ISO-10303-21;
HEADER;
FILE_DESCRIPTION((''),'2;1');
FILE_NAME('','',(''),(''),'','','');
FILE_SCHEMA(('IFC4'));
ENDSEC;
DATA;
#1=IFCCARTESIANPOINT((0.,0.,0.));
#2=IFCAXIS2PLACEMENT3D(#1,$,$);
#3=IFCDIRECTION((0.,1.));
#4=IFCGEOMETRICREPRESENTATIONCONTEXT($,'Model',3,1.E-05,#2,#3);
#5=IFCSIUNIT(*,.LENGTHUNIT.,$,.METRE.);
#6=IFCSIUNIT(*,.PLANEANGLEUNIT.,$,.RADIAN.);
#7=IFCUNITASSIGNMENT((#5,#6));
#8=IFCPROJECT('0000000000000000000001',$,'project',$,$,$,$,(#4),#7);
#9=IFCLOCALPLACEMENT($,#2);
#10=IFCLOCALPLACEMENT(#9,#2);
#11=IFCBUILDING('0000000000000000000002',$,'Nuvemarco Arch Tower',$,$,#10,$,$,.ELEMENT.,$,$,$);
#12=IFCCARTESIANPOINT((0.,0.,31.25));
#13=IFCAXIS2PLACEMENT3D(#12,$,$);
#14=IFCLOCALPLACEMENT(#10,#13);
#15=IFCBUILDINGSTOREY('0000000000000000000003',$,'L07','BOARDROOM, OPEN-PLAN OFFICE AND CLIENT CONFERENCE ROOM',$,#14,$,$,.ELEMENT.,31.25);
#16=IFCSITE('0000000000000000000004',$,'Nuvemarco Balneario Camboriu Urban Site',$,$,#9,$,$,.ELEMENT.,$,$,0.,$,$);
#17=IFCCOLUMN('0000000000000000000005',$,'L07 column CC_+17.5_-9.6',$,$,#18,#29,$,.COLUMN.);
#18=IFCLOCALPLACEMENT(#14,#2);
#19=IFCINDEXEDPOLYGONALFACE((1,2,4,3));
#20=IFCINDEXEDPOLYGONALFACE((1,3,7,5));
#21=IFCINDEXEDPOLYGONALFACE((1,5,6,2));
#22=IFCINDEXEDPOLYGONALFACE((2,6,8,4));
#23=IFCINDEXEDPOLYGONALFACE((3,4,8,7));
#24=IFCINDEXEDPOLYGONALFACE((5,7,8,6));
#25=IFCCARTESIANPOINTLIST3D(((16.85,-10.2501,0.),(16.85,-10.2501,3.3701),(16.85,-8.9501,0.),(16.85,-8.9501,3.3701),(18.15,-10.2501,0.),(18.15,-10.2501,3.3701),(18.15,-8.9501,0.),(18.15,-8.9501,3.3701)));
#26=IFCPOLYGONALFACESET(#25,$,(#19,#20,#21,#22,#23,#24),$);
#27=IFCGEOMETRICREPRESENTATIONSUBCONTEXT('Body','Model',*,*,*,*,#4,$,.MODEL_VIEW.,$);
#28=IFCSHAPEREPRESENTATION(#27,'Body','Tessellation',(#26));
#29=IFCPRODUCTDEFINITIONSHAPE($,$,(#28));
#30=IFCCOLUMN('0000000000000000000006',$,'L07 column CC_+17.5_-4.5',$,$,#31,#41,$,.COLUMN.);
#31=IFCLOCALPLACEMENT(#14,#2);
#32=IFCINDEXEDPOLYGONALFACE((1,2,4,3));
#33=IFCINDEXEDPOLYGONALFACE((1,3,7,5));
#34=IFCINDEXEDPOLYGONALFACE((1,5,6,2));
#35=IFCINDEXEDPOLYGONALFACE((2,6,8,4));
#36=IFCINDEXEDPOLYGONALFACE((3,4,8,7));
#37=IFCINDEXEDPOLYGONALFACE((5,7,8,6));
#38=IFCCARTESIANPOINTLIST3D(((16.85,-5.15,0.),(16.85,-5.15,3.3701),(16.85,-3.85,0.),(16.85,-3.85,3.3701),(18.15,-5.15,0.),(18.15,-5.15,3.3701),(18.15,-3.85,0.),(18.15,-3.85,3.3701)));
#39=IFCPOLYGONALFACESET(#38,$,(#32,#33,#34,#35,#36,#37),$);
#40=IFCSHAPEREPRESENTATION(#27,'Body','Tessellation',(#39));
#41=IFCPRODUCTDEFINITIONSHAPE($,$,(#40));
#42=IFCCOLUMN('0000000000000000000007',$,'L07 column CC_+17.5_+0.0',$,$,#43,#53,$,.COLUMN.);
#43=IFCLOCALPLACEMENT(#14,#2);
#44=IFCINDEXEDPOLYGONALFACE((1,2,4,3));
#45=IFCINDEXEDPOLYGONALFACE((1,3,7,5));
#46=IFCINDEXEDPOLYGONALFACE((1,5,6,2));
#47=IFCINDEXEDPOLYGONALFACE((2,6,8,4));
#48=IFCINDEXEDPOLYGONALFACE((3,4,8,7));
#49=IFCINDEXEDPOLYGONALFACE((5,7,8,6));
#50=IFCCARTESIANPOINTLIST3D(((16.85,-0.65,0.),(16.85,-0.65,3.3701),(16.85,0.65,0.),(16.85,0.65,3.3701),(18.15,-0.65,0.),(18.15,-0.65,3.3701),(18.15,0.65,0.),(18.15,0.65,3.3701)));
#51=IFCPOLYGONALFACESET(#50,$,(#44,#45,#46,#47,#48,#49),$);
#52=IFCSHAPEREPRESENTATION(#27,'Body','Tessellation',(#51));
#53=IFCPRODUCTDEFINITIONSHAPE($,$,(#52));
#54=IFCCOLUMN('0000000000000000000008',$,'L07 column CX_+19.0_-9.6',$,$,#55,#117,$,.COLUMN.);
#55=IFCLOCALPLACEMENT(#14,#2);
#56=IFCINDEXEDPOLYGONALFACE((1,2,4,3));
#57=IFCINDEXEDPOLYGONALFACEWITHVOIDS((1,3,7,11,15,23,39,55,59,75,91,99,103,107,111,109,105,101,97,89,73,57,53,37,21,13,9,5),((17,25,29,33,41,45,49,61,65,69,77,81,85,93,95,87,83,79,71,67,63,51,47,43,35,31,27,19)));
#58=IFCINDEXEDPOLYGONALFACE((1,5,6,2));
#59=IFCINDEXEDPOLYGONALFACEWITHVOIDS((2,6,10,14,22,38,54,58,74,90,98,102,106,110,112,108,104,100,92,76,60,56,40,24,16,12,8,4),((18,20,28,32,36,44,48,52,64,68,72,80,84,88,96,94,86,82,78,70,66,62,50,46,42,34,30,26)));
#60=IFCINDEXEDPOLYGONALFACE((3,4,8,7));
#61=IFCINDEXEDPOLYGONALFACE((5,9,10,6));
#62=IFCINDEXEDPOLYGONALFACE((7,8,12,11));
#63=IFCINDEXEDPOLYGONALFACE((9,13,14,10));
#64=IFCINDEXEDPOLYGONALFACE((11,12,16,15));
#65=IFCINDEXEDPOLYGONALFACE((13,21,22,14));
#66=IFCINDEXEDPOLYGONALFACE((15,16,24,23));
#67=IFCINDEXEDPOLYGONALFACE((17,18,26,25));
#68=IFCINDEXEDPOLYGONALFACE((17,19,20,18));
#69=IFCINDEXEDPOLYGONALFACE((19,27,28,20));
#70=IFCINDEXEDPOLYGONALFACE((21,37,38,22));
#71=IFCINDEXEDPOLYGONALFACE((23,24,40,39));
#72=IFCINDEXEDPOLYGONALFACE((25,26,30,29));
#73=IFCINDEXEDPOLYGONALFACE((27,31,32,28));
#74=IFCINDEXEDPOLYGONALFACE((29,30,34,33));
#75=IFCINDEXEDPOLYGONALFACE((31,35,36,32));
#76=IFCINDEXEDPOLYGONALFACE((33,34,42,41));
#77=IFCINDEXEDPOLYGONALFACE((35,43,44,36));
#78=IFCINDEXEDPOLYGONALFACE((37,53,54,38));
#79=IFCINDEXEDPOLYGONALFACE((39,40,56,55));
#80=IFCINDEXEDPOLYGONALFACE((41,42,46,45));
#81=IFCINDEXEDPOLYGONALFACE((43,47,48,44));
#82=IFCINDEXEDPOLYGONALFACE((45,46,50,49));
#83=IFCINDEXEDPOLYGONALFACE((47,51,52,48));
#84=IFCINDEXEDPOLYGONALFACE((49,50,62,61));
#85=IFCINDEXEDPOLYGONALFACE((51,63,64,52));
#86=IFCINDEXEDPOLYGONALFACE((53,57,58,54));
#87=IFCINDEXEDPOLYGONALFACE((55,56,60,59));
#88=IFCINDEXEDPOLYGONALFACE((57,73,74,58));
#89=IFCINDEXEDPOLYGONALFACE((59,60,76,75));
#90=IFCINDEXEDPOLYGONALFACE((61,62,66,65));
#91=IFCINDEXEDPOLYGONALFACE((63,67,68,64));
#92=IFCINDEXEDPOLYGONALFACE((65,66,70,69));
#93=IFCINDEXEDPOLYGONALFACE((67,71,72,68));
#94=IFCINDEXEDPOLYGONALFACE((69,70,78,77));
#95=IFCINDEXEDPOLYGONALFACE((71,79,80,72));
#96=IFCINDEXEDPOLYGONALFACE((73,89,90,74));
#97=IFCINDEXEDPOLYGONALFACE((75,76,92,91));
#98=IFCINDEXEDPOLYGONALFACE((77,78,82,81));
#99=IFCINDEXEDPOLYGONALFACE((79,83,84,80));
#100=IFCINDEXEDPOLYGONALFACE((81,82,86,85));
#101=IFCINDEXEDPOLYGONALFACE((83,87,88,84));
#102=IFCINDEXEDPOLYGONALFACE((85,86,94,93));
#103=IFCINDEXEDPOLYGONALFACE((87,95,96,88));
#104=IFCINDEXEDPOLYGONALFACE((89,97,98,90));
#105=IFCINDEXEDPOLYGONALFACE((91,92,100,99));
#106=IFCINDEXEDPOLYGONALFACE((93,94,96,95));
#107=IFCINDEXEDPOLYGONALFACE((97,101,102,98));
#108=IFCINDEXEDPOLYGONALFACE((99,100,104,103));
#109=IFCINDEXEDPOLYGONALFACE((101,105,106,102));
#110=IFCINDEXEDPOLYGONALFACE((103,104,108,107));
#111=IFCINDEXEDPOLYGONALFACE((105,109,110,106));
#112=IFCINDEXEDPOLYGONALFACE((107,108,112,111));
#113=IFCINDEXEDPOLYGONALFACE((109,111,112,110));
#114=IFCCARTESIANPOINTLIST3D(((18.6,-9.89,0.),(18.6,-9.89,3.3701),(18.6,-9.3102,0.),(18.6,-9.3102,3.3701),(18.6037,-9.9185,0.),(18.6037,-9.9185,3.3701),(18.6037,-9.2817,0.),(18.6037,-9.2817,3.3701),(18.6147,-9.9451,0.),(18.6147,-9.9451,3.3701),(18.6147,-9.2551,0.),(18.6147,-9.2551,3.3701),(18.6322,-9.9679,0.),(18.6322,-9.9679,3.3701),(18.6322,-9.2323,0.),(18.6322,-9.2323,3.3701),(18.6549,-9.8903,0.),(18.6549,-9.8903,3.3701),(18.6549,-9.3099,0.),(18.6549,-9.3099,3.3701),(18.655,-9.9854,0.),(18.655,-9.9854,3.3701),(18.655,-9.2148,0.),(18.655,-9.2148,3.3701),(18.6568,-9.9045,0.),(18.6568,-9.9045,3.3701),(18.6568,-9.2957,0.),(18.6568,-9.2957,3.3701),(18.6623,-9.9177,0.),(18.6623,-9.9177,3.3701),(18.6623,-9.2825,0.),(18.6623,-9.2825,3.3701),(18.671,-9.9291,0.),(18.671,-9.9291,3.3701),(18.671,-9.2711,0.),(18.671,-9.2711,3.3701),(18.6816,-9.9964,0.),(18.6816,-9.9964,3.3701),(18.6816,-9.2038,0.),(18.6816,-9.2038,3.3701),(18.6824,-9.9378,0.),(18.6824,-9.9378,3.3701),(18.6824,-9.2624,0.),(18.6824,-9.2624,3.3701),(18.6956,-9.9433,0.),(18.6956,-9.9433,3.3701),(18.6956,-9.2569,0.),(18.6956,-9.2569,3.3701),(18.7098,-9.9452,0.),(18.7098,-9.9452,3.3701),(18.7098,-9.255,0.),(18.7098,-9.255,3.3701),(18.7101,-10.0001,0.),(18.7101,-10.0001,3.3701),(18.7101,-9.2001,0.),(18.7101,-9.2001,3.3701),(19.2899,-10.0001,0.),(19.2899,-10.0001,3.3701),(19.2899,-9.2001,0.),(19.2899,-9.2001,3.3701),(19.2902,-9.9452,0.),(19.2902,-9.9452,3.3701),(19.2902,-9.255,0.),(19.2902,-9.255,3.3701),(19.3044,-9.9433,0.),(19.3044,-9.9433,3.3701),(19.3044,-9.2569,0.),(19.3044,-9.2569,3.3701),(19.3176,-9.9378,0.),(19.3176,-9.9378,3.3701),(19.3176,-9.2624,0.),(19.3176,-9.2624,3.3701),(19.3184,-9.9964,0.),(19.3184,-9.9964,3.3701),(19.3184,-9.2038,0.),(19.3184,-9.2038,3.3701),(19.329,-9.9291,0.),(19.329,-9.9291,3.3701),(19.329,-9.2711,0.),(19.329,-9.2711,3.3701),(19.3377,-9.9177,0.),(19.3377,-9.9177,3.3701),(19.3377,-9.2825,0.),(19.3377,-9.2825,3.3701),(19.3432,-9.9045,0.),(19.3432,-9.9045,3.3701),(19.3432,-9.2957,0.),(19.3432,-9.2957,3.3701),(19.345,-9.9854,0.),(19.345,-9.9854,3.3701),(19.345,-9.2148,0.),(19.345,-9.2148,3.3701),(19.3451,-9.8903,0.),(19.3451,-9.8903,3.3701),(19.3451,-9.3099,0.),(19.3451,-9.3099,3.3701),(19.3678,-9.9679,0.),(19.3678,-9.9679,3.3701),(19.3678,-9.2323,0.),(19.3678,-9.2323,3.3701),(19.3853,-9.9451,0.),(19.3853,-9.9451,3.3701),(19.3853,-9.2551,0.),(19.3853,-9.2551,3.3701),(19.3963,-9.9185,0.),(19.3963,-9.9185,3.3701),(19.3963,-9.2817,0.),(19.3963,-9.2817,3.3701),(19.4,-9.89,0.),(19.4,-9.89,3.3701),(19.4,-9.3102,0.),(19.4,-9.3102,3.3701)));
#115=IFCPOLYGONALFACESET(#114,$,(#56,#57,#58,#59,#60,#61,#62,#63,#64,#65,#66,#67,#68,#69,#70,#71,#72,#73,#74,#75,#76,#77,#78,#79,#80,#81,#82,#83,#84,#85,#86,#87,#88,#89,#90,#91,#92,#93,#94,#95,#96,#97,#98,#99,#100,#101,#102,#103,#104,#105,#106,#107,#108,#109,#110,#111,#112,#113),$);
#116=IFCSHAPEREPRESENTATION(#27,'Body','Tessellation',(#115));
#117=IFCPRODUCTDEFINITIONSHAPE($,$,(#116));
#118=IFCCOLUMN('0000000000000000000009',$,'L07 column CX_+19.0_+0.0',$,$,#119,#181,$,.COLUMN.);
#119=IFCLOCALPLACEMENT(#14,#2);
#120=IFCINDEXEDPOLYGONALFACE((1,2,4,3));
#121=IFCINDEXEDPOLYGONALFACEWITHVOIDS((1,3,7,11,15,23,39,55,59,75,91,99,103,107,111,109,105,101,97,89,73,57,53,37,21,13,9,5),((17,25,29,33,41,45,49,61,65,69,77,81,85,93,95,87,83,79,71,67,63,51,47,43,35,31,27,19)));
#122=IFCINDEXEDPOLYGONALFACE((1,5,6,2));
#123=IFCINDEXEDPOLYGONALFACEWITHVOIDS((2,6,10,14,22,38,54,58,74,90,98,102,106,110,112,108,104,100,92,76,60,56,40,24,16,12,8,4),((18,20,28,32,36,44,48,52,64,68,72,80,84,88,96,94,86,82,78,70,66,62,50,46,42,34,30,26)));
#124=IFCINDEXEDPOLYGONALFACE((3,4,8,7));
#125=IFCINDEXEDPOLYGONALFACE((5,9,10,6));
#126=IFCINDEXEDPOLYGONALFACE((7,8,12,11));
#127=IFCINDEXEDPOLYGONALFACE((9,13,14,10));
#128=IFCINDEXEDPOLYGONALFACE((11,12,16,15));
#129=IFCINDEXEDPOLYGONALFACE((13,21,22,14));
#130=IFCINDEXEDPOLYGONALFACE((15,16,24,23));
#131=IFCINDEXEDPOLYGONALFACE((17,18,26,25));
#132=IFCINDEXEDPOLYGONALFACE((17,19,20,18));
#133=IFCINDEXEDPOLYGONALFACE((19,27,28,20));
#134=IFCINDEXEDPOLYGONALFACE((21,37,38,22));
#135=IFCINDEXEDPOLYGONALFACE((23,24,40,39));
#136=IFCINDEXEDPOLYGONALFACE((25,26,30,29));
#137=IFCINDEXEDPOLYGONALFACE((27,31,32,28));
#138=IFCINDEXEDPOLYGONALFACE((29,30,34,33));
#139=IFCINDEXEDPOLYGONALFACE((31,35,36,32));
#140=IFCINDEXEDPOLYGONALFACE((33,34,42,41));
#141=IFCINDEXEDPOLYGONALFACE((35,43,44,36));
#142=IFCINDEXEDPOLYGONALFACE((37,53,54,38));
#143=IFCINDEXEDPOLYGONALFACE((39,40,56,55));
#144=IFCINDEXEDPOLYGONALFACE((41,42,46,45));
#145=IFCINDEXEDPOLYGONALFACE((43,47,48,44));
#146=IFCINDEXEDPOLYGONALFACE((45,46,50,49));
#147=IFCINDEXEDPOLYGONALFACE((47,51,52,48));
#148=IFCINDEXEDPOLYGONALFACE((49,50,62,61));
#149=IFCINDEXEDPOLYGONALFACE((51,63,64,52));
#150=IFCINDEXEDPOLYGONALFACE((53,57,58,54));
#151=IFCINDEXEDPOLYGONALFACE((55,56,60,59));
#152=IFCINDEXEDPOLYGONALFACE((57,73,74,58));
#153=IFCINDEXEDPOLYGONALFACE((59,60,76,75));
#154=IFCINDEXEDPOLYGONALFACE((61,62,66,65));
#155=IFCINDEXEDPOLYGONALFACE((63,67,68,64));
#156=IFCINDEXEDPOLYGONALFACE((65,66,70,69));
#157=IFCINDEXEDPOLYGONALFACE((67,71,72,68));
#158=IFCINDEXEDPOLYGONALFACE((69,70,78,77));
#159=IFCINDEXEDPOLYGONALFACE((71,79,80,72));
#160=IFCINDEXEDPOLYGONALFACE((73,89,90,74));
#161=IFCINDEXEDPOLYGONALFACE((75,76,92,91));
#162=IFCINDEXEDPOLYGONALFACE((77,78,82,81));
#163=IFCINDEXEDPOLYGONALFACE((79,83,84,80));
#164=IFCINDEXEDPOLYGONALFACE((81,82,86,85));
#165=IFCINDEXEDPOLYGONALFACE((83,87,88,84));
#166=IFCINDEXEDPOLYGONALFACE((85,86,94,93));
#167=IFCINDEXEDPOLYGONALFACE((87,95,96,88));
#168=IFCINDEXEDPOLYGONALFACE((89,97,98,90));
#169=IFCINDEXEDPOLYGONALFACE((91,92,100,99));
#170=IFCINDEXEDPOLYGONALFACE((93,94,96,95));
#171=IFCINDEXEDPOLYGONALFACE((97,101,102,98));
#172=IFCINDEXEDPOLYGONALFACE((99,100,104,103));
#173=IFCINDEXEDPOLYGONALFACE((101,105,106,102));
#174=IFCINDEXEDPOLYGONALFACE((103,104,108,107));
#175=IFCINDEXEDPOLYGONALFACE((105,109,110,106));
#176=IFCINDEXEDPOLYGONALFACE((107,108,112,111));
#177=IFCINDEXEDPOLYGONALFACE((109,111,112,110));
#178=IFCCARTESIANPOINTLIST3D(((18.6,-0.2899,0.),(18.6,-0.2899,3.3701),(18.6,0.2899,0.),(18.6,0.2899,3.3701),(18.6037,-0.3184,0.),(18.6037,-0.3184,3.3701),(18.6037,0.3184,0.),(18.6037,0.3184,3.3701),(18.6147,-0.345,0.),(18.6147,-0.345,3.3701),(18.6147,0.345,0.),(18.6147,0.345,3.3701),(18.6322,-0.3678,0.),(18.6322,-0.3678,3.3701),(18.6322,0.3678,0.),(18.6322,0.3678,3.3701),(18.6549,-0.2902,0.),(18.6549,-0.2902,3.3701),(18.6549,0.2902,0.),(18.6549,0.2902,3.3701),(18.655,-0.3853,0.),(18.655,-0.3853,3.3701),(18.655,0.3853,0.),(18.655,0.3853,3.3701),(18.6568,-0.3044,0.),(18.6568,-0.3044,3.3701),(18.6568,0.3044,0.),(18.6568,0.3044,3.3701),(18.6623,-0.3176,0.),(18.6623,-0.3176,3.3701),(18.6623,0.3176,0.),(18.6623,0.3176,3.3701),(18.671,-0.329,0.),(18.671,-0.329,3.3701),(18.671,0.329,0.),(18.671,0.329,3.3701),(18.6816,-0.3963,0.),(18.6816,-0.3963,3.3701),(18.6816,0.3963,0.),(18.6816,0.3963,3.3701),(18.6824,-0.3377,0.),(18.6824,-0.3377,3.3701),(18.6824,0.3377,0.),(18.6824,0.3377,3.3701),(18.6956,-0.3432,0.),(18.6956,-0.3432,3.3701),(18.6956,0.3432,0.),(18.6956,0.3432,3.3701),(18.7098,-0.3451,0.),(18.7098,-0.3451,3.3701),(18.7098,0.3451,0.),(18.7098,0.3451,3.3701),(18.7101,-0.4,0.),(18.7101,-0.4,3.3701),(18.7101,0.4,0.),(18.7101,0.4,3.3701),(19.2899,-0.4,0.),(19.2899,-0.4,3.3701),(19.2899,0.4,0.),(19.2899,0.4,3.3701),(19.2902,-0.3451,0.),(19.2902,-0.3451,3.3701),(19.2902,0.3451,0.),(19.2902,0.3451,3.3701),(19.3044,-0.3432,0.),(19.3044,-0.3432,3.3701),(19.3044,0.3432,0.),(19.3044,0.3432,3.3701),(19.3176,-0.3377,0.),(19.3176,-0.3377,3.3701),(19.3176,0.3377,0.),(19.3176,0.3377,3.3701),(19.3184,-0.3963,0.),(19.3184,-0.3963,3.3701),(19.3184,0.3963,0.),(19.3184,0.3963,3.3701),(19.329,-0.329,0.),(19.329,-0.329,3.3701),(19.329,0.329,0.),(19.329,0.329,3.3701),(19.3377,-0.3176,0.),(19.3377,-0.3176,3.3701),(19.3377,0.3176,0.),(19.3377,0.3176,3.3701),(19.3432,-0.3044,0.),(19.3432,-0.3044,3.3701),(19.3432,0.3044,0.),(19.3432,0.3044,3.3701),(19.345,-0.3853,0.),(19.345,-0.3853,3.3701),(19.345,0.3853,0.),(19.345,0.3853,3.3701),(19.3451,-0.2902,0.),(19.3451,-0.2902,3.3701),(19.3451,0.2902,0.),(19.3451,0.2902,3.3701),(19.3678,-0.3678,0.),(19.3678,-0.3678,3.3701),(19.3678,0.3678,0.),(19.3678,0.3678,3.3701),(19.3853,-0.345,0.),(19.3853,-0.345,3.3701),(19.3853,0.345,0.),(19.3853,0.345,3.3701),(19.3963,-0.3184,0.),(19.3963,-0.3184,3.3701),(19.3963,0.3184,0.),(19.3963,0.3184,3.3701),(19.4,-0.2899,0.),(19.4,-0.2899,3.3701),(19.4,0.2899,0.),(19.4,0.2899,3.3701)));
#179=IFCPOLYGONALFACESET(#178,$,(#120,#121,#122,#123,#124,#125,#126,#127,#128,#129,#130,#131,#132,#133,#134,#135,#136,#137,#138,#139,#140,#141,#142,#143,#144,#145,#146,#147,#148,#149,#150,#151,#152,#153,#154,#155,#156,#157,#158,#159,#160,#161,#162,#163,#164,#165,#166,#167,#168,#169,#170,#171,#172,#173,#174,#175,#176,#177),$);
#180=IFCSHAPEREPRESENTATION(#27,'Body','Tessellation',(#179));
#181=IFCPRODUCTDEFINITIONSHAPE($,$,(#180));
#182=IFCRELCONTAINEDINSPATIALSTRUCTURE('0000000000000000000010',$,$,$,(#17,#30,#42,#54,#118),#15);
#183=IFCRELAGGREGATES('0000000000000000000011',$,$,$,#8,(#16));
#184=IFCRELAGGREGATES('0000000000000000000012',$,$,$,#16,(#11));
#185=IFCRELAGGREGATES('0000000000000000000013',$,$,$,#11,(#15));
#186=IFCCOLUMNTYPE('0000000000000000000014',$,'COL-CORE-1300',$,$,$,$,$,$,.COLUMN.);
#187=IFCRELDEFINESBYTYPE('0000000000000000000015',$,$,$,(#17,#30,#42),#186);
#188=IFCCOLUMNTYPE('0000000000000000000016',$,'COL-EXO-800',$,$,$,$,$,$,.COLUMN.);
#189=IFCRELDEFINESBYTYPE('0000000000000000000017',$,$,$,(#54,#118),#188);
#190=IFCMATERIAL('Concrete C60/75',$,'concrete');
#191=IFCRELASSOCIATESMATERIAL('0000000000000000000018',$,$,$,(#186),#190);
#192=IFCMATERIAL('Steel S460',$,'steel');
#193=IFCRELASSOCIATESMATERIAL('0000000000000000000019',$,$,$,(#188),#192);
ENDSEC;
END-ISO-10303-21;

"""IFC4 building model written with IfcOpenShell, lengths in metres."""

from ifc_helpers import new_model, si_unit, direction, frame, origin, origin_2d, place, context, subcontext, project, spatial, rectangle, hollow_rectangle, extrude, material, material_profile, profile_set, type_object, element, save


model = new_model("IFC4")

# Units and contexts
model_context = context("Model", 3, precision=1e-05, world=origin(), true_north=direction((0.0, 1.0)))
body_context = subcontext(model_context, "Body", "Model", "MODEL_VIEW")
ifc_project = project(units=[si_unit("LENGTHUNIT", "METRE"), si_unit("PLANEANGLEUNIT", "RADIAN")], contexts=[model_context])

# Site, building, storey
site_placement = place(None, origin())
site = spatial("IfcSite", under=ifc_project, at=site_placement, Name="Nuvemarco Balneario Camboriu Urban Site", CompositionType="ELEMENT", RefElevation=0.0)
building_placement = place(site_placement, origin())
building = spatial("IfcBuilding", under=site, at=building_placement, Name="Nuvemarco Arch Tower", CompositionType="ELEMENT")
storey_placement = place(building_placement, frame((0.0, 0.0, 31.25)))
storey = spatial("IfcBuildingStorey", under=building, at=storey_placement, Name="L07", Description="BOARDROOM, OPEN-PLAN OFFICE AND CLIENT CONFERENCE ROOM", CompositionType="ELEMENT", Elevation=31.25)

# Columns
ifc_material_1 = material(Name="Concrete C60/75", Category="concrete")
ifc_material_profile_1 = material_profile(ifc_material_1, rectangle(XDim=1.3, YDim=1.3, at=origin_2d()), Name="RC-COL-1300x1300")
ifc_profile_set_1 = profile_set([ifc_material_profile_1], Name="Concrete C60/75")
column_type_1 = type_object("IfcColumnType", Name="COL-CORE-1300", PredefinedType="COLUMN", material=ifc_profile_set_1)
for number, where, z_axis, x_axis, name in (
    (1, (17.5, -9.6001, 0.0), (0.0, 0.0, 1.0), (1.0, 0.0, 0.0), "L07 column CC_+17.5_-9.6"),
    (2, (17.5, -4.5, 0.0), (0.0, 0.0, 1.0), (1.0, 0.0, 0.0), "L07 column CC_+17.5_-4.5"),
    (3, (17.5, 0.0, 0.0), (0.0, 0.0, 1.0), (1.0, 0.0, 0.0), "L07 column CC_+17.5_+0.0"),
):
    element("IfcColumn", number, at=place(storey_placement, frame(where, z_axis=z_axis, x_axis=x_axis)), inside=storey, type_object=column_type_1, Name=name, PredefinedType="COLUMN", context=body_context, shape_type="SweptSolid", body=[
        extrude(rectangle(XDim=1.3, YDim=1.3, at=origin_2d()), origin(), (0.0, 0.0, 1.0), 3.3701),
    ])
ifc_material_2 = material(Name="Steel S460", Category="steel")
ifc_material_profile_2 = material_profile(ifc_material_2, hollow_rectangle(XDim=0.8, YDim=0.8, WallThickness=0.0549, InnerFilletRadius=0.0549, OuterFilletRadius=0.1101, at=origin_2d()), Name="SHS800x800x55")
ifc_profile_set_2 = profile_set([ifc_material_profile_2], Name="Steel S460")
column_type_2 = type_object("IfcColumnType", Name="COL-EXO-800", PredefinedType="COLUMN", material=ifc_profile_set_2)
for number, where, z_axis, x_axis, name in (
    (4, (19.0, -9.6001, 0.0), (0.0, 0.0, 1.0), (1.0, 0.0, 0.0), "L07 column CX_+19.0_-9.6"),
    (5, (19.0, 0.0, 0.0), (0.0, 0.0, 1.0), (1.0, 0.0, 0.0), "L07 column CX_+19.0_+0.0"),
):
    element("IfcColumn", number, at=place(storey_placement, frame(where, z_axis=z_axis, x_axis=x_axis)), inside=storey, type_object=column_type_2, Name=name, PredefinedType="COLUMN", context=body_context, shape_type="SweptSolid", body=[
        extrude(hollow_rectangle(XDim=0.8, YDim=0.8, WallThickness=0.0549, InnerFilletRadius=0.0549, OuterFilletRadius=0.1101, at=origin_2d()), origin(), (0.0, 0.0, 1.0), 3.3701),
    ])

save(model, "model.ifc")
